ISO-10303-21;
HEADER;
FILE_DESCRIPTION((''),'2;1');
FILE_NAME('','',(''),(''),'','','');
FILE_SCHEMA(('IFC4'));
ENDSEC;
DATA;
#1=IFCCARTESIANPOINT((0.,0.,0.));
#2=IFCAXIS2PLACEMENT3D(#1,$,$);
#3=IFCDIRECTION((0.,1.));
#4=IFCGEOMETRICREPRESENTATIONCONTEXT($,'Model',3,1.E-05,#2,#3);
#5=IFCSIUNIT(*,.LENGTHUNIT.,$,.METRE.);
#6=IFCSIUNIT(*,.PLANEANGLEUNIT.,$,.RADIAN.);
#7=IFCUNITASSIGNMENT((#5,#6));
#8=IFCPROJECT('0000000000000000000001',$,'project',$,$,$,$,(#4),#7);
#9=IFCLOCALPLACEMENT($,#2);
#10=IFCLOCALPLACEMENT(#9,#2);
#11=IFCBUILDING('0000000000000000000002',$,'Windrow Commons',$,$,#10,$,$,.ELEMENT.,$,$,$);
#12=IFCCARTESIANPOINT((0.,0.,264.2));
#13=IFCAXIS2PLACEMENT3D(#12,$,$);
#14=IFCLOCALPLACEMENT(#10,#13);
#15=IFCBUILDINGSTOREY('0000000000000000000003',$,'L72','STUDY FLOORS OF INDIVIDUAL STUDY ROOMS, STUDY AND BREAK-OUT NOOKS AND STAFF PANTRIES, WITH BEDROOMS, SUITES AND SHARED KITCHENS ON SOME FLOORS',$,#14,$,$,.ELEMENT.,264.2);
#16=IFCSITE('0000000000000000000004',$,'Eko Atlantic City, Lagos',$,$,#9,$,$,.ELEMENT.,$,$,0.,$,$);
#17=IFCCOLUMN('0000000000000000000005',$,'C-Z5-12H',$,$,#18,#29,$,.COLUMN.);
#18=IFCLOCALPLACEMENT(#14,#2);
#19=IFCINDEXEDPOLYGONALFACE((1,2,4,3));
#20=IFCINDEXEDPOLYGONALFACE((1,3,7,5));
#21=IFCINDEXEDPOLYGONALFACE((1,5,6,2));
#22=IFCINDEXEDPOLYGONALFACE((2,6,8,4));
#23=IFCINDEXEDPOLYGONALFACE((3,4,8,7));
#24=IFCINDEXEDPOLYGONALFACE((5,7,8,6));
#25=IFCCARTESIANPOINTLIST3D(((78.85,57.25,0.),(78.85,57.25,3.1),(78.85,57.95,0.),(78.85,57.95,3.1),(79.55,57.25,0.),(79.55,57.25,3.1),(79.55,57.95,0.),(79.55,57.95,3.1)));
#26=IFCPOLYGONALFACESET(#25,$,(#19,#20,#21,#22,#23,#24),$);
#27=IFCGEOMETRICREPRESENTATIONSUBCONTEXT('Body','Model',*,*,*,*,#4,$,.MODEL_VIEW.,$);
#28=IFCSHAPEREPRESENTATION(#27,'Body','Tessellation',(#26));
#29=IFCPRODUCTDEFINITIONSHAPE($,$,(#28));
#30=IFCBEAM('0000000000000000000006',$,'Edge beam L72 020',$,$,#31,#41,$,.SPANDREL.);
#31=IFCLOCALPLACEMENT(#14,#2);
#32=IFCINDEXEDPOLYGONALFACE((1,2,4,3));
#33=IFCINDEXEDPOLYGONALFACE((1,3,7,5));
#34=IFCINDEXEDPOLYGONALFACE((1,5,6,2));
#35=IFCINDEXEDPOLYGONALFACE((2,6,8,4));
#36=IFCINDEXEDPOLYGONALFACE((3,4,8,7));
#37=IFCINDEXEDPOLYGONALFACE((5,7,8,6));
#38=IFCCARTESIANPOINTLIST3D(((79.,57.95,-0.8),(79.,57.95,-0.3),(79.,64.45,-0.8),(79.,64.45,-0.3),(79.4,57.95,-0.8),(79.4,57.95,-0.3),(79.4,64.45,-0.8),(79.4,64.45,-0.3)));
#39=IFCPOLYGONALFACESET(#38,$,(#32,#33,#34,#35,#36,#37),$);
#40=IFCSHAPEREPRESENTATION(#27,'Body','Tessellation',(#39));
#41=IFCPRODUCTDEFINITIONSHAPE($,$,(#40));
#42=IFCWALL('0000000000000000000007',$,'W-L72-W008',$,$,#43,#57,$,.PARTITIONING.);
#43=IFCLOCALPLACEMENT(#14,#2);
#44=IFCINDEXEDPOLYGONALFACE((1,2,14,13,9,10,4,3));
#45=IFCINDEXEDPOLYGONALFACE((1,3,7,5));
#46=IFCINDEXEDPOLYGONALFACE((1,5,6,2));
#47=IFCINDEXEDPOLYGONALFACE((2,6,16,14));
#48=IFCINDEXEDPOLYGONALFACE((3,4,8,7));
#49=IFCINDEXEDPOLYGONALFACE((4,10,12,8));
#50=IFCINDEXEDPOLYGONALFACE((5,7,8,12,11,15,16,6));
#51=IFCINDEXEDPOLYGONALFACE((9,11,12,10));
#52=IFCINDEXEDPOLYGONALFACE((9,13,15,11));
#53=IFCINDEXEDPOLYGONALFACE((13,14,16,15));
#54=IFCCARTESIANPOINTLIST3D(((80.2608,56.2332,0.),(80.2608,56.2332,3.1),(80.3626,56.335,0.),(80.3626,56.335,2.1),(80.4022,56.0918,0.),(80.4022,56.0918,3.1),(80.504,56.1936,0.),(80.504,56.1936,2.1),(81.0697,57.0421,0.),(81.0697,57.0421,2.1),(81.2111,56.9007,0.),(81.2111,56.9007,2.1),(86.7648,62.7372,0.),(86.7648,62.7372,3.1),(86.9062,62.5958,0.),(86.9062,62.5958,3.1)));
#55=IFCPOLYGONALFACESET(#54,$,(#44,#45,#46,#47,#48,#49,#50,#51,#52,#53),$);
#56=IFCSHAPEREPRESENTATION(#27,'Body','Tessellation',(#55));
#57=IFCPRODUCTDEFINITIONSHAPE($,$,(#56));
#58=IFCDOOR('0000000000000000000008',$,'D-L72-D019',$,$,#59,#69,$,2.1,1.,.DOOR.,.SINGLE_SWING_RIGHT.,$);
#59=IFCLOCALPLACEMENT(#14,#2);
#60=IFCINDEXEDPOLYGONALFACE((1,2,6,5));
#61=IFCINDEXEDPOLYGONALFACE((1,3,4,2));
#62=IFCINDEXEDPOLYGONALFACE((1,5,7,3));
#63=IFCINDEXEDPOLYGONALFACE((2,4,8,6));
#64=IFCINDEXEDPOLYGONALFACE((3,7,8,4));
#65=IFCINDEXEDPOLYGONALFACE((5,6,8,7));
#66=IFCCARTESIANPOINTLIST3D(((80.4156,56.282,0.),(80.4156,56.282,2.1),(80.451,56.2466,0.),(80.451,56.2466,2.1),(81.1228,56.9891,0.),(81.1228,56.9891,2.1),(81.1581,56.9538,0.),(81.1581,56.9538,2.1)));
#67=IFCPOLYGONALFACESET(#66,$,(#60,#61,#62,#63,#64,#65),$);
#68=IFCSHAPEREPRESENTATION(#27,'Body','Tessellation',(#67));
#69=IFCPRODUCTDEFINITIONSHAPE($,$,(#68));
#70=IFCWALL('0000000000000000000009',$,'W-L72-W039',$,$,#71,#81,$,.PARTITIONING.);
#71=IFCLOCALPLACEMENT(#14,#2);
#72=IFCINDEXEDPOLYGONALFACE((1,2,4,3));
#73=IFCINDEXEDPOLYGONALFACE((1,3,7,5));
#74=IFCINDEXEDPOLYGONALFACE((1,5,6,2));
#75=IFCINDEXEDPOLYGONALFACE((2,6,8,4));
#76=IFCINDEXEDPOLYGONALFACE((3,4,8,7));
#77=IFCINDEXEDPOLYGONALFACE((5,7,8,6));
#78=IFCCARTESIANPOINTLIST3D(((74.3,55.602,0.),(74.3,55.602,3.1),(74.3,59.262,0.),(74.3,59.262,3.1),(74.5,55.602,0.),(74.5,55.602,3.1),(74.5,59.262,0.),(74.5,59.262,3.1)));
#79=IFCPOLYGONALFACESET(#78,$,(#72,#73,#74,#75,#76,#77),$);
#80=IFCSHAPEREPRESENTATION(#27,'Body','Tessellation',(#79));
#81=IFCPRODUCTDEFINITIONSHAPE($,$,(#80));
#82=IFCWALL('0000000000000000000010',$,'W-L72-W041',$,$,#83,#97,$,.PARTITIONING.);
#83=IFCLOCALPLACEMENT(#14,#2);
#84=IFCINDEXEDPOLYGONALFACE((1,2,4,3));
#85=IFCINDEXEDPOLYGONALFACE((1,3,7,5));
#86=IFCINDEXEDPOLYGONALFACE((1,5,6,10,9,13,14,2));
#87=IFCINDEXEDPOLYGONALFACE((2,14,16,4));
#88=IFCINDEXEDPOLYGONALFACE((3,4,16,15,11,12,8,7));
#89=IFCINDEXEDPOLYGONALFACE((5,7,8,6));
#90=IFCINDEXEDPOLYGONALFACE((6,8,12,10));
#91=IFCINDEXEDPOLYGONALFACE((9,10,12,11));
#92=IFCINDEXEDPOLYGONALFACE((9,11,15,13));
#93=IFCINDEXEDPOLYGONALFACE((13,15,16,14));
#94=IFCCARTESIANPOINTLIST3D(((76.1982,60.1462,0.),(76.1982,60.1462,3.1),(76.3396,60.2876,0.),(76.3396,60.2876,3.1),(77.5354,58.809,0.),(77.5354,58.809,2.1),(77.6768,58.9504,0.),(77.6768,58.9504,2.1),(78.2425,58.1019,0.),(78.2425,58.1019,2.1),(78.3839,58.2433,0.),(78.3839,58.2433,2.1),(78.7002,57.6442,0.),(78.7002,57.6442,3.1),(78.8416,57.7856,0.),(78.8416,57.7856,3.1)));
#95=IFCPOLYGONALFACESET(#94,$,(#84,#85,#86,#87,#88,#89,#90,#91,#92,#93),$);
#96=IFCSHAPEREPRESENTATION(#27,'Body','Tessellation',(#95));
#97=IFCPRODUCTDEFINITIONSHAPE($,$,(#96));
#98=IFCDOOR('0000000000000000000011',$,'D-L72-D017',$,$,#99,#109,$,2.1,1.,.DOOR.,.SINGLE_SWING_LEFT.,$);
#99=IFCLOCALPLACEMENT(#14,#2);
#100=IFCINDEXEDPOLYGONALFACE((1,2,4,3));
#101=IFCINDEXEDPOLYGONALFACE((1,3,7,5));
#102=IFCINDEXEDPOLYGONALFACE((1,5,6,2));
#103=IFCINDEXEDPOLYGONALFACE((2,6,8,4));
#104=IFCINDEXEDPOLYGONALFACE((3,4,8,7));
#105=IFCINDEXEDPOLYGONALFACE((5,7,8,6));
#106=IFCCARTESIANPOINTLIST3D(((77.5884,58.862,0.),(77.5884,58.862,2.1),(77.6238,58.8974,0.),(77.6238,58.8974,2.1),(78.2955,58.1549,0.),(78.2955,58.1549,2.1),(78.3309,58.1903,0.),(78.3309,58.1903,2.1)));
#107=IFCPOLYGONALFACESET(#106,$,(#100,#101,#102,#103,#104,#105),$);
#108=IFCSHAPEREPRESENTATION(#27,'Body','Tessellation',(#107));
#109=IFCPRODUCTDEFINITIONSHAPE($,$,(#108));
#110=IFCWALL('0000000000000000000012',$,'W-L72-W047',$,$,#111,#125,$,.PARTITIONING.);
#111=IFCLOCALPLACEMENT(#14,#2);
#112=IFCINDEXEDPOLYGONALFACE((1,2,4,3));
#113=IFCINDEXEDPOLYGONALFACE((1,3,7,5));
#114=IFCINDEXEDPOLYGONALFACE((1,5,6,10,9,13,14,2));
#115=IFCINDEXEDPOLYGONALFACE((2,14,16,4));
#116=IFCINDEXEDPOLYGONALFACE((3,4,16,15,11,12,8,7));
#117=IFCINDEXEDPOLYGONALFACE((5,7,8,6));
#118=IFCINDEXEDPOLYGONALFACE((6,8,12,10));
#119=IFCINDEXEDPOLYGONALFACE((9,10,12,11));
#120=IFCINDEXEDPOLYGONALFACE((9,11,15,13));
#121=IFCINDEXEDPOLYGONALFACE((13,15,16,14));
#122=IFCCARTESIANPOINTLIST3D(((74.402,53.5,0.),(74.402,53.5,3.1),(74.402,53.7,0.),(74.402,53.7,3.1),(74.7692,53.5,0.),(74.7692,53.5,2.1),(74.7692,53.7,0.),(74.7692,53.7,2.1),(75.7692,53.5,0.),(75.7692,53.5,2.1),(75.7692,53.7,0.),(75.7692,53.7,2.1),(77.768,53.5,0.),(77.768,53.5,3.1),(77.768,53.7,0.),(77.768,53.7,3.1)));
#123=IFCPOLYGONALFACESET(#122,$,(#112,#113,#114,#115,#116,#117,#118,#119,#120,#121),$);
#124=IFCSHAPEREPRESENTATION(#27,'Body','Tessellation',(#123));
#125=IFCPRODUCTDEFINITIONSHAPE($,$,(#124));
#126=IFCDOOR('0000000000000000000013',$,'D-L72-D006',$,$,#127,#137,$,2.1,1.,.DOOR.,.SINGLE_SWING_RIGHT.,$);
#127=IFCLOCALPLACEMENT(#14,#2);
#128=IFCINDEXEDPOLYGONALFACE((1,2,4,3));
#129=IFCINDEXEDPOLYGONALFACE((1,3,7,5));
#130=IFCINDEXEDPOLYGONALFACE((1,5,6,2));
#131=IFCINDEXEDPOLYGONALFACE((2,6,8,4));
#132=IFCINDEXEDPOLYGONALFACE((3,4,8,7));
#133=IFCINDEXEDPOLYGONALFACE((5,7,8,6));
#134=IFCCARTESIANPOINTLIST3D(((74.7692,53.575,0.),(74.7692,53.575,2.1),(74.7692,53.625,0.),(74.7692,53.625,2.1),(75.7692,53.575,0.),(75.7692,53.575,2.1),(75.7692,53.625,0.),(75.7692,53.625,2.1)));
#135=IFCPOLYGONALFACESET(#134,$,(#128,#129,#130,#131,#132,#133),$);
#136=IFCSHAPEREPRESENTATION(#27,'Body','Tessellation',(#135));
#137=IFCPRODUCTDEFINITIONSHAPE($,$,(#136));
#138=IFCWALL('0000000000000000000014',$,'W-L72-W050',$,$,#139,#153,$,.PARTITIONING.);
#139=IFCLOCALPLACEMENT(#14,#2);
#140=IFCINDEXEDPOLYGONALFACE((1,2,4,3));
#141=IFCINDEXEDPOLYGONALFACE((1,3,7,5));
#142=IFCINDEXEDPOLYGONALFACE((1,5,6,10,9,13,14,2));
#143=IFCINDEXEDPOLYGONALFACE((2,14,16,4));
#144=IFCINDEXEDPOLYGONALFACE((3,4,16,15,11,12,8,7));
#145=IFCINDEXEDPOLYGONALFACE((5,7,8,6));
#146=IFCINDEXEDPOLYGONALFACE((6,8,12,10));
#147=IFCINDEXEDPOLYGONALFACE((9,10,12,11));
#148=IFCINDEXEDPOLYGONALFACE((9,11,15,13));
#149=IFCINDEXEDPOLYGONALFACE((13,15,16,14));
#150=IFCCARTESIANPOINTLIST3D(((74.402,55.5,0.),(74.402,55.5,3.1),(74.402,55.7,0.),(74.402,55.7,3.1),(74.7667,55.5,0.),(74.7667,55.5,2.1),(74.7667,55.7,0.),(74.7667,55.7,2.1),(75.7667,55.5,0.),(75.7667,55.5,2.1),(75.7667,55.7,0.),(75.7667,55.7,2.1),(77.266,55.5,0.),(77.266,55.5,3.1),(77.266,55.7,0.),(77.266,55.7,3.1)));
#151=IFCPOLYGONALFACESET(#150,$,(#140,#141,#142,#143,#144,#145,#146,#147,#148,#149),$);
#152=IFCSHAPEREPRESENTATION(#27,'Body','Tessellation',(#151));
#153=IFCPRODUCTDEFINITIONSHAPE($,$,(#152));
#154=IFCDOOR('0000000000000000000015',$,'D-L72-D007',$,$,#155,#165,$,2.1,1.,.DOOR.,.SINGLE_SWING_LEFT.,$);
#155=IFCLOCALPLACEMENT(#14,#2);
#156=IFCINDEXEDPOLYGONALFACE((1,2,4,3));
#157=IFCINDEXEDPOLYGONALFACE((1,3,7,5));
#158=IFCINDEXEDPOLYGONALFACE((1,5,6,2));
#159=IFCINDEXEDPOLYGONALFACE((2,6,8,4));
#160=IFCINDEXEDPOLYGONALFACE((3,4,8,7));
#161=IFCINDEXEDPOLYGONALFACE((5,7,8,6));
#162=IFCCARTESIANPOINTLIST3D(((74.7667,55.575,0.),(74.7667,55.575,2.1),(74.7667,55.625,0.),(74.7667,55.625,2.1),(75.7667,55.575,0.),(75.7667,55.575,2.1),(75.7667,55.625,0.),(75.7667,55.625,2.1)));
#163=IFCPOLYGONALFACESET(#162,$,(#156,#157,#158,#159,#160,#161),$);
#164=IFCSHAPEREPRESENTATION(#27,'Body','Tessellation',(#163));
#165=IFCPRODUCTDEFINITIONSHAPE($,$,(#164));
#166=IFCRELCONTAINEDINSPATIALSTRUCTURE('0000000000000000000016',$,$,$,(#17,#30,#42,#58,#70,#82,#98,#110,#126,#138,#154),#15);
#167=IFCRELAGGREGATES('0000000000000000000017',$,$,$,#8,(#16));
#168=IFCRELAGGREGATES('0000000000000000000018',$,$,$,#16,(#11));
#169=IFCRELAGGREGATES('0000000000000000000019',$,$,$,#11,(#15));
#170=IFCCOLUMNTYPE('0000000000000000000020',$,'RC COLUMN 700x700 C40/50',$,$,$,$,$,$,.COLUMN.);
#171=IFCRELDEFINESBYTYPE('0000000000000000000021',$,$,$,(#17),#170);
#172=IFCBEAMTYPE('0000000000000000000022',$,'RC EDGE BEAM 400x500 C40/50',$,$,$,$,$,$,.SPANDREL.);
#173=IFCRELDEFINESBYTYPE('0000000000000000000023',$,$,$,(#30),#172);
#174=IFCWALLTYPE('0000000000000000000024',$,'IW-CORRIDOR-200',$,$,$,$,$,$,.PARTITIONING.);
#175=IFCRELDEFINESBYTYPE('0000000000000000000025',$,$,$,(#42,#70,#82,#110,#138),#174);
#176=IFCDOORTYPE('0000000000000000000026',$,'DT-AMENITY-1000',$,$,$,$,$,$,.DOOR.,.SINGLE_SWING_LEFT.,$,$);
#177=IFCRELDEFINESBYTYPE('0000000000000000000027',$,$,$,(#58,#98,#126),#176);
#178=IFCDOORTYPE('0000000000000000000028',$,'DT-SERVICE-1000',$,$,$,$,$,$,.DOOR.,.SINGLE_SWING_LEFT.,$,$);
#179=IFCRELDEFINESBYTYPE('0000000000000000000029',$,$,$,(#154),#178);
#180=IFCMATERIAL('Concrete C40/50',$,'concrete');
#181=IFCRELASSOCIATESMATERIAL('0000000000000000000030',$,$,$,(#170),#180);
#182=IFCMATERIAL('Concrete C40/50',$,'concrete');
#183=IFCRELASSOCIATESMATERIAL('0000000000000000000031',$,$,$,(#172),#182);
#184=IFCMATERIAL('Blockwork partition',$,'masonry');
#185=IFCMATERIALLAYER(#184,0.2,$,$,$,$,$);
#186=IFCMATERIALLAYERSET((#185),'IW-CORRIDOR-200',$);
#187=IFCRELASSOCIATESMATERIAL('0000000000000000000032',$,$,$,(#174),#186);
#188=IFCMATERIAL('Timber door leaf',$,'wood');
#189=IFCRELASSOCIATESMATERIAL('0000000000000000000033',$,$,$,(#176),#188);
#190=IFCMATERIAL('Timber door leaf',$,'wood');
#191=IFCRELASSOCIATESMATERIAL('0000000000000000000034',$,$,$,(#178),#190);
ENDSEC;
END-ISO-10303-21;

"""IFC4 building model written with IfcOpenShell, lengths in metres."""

from ifc_helpers import new_model, si_unit, direction, frame, frame_2d, origin, origin_2d, place, context, subcontext, project, spatial, rectangle, extrude, material, layer, layer_set, material_profile, profile_set, type_object, element, fill, save


model = new_model("IFC4")

# Units and contexts
model_context = context("Model", 3, precision=1e-05, world=origin(), true_north=direction((0.0, 1.0)))
body_context = subcontext(model_context, "Body", "Model", "MODEL_VIEW")
ifc_project = project(units=[si_unit("LENGTHUNIT", "METRE"), si_unit("PLANEANGLEUNIT", "RADIAN")], contexts=[model_context])

# Site, building, storey
site_placement = place(None, origin())
site = spatial("IfcSite", under=ifc_project, at=site_placement, Name="Eko Atlantic City, Lagos", CompositionType="ELEMENT", RefElevation=0.0)
building_placement = place(site_placement, origin())
building = spatial("IfcBuilding", under=site, at=building_placement, Name="Windrow Commons", CompositionType="ELEMENT")
storey_placement = place(building_placement, frame((0.0, 0.0, 264.2)))
storey = spatial("IfcBuildingStorey", under=building, at=storey_placement, Name="L72", Description="STUDY FLOORS OF INDIVIDUAL STUDY ROOMS, STUDY AND BREAK-OUT NOOKS AND STAFF PANTRIES, WITH BEDROOMS, SUITES AND SHARED KITCHENS ON SOME FLOORS", CompositionType="ELEMENT", Elevation=264.2)

# Column
ifc_material_1 = material(Name="Concrete C40/50", Category="concrete")
ifc_material_profile_1 = material_profile(ifc_material_1, rectangle(XDim=0.7, YDim=0.7, at=origin_2d()))
ifc_profile_set_1 = profile_set([ifc_material_profile_1], Name="Concrete C40/50")
column_type = type_object("IfcColumnType", Name="RC COLUMN 700x700 C40/50", PredefinedType="COLUMN", material=ifc_profile_set_1)
column_placement = place(storey_placement, frame((79.2, 57.6, 0.0), z_axis=(0.0, 0.0, 1.0), x_axis=(1.0, 0.0, 0.0)))
element("IfcColumn", 1, at=column_placement, inside=storey, type_object=column_type, Name="C-Z5-12H", PredefinedType="COLUMN", context=body_context, shape_type="SweptSolid", body=[
    extrude(rectangle(XDim=0.7, YDim=0.7, at=origin_2d()), origin(), (0.0, 0.0, 1.0), 3.1),
])

# Beam
ifc_material_2 = material(Name="Concrete C40/50", Category="concrete")
ifc_material_profile_2 = material_profile(ifc_material_2, rectangle(XDim=0.4, YDim=0.5, at=origin_2d()))
ifc_profile_set_2 = profile_set([ifc_material_profile_2], Name="Concrete C40/50")
beam_type = type_object("IfcBeamType", Name="RC EDGE BEAM 400x500 C40/50", PredefinedType="SPANDREL", material=ifc_profile_set_2)
beam_placement = place(storey_placement, frame((79.2, 57.95, -0.55), z_axis=(0.0, 1.0, 0.0), x_axis=(-1.0, 0.0, 0.0)))
element("IfcBeam", 2, at=beam_placement, inside=storey, type_object=beam_type, Name="Edge beam L72 020", PredefinedType="SPANDREL", context=body_context, shape_type="SweptSolid", body=[
    extrude(rectangle(XDim=0.4, YDim=0.5, at=origin_2d()), origin(), (0.0, 0.0, 1.0), 6.5),
])

# Wall, opening, door
ifc_material_3 = material(Name="Blockwork partition", Category="masonry")
ifc_layer_1 = layer(ifc_material_3, 0.2)
ifc_layer_set_1 = layer_set([ifc_layer_1], Name="IW-CORRIDOR-200")
wall_type_1 = type_object("IfcWallType", Name="IW-CORRIDOR-200", PredefinedType="PARTITIONING", material=ifc_layer_set_1)
wall_1_placement = place(storey_placement, frame((80.3315, 56.1625, 0.0), z_axis=(0.0, 0.0, 1.0), x_axis=(0.707107, 0.707107, 0.0)))
wall_1 = element("IfcWall", 3, at=wall_1_placement, inside=storey, type_object=wall_type_1, Name="W-L72-W008", PredefinedType="PARTITIONING", context=body_context, shape_type="SweptSolid", body=[
    extrude(rectangle(XDim=9.198, YDim=0.2, at=frame_2d((4.599, 0.0))), origin(), (0.0, 0.0, 1.0), 3.1),
])
opening_1_placement = place(wall_1_placement, frame((0.144, 0.0, 0.0)))
opening_1 = element("IfcOpeningElement", 4, at=opening_1_placement, cuts=wall_1, PredefinedType="OPENING", context=body_context, shape_type="SweptSolid", body=[
    extrude(rectangle(XDim=1.0, YDim=2.1, at=frame_2d((0.5, 1.05))), frame((0.0, 0.11, 0.0), z_axis=(0.0, -1.0, 0.0), x_axis=(1.0, 0.0, 0.0)), (0.0, 0.0, 1.0), 0.22),
])
ifc_material_4 = material(Name="Timber door leaf", Category="wood")
door_type_1 = type_object("IfcDoorType", Name="DT-AMENITY-1000", OperationType="SINGLE_SWING_LEFT", PredefinedType="DOOR", material=ifc_material_4)
door_1_placement = place(opening_1_placement, origin())
door_1 = element("IfcDoor", 5, at=door_1_placement, inside=storey, type_object=door_type_1, Name="D-L72-D019", OperationType="SINGLE_SWING_RIGHT", OverallHeight=2.1, OverallWidth=1.0, PredefinedType="DOOR", context=body_context, shape_type="SweptSolid", body=[
    extrude(rectangle(XDim=1.0, YDim=2.1, at=frame_2d((0.5, 1.05))), frame((0.0, 0.025, 0.0), z_axis=(0.0, -1.0, 0.0), x_axis=(1.0, 0.0, 0.0)), (0.0, 0.0, 1.0), 0.05),
])
fill(opening_1, door_1)

# Wall
wall_2_placement = place(storey_placement, frame((74.4, 55.602, 0.0), z_axis=(0.0, 0.0, 1.0), x_axis=(0.0, 1.0, 0.0)))
element("IfcWall", 6, at=wall_2_placement, inside=storey, type_object=wall_type_1, Name="W-L72-W039", PredefinedType="PARTITIONING", context=body_context, shape_type="SweptSolid", body=[
    extrude(rectangle(XDim=3.66, YDim=0.2, at=frame_2d((1.83, 0.0))), origin(), (0.0, 0.0, 1.0), 3.1),
])

# Walls, openings, doors
wall_3_placement = place(storey_placement, frame((76.2689, 60.2169, 0.0), z_axis=(0.0, 0.0, 1.0), x_axis=(0.707107, -0.707107, 0.0)))
wall_3 = element("IfcWall", 7, at=wall_3_placement, inside=storey, type_object=wall_type_1, Name="W-L72-W041", PredefinedType="PARTITIONING", context=body_context, shape_type="SweptSolid", body=[
    extrude(rectangle(XDim=3.5384, YDim=0.2, at=frame_2d((1.7692, 0.0))), origin(), (0.0, 0.0, 1.0), 3.1),
])
opening_2_placement = place(wall_3_placement, frame((1.8911, 0.0, 0.0)))
opening_2 = element("IfcOpeningElement", 8, at=opening_2_placement, cuts=wall_3, PredefinedType="OPENING", context=body_context, shape_type="SweptSolid", body=[
    extrude(rectangle(XDim=1.0, YDim=2.1, at=frame_2d((0.5, 1.05))), frame((0.0, 0.11, 0.0), z_axis=(0.0, -1.0, 0.0), x_axis=(1.0, 0.0, 0.0)), (0.0, 0.0, 1.0), 0.22),
])
door_2_placement = place(opening_2_placement, origin())
door_2 = element("IfcDoor", 9, at=door_2_placement, inside=storey, type_object=door_type_1, Name="D-L72-D017", OperationType="SINGLE_SWING_LEFT", OverallHeight=2.1, OverallWidth=1.0, PredefinedType="DOOR", context=body_context, shape_type="SweptSolid", body=[
    extrude(rectangle(XDim=1.0, YDim=2.1, at=frame_2d((0.5, 1.05))), frame((0.0, 0.025, 0.0), z_axis=(0.0, -1.0, 0.0), x_axis=(1.0, 0.0, 0.0)), (0.0, 0.0, 1.0), 0.05),
])
fill(opening_2, door_2)
wall_4_placement = place(storey_placement, frame((74.402, 53.6, 0.0), z_axis=(0.0, 0.0, 1.0), x_axis=(1.0, 0.0, 0.0)))
wall_4 = element("IfcWall", 10, at=wall_4_placement, inside=storey, type_object=wall_type_1, Name="W-L72-W047", PredefinedType="PARTITIONING", context=body_context, shape_type="SweptSolid", body=[
    extrude(rectangle(XDim=3.366, YDim=0.2, at=frame_2d((1.683, 0.0))), origin(), (0.0, 0.0, 1.0), 3.1),
])
opening_3_placement = place(wall_4_placement, frame((0.3672, 0.0, 0.0)))
opening_3 = element("IfcOpeningElement", 11, at=opening_3_placement, cuts=wall_4, PredefinedType="OPENING", context=body_context, shape_type="SweptSolid", body=[
    extrude(rectangle(XDim=1.0, YDim=2.1, at=frame_2d((0.5, 1.05))), frame((0.0, 0.11, 0.0), z_axis=(0.0, -1.0, 0.0), x_axis=(1.0, 0.0, 0.0)), (0.0, 0.0, 1.0), 0.22),
])
door_3_placement = place(opening_3_placement, origin())
door_3 = element("IfcDoor", 12, at=door_3_placement, inside=storey, type_object=door_type_1, Name="D-L72-D006", OperationType="SINGLE_SWING_RIGHT", OverallHeight=2.1, OverallWidth=1.0, PredefinedType="DOOR", context=body_context, shape_type="SweptSolid", body=[
    extrude(rectangle(XDim=1.0, YDim=2.1, at=frame_2d((0.5, 1.05))), frame((0.0, 0.025, 0.0), z_axis=(0.0, -1.0, 0.0), x_axis=(1.0, 0.0, 0.0)), (0.0, 0.0, 1.0), 0.05),
])
fill(opening_3, door_3)
wall_5_placement = place(storey_placement, frame((74.402, 55.6, 0.0), z_axis=(0.0, 0.0, 1.0), x_axis=(1.0, 0.0, 0.0)))
wall_5 = element("IfcWall", 13, at=wall_5_placement, inside=storey, type_object=wall_type_1, Name="W-L72-W050", PredefinedType="PARTITIONING", context=body_context, shape_type="SweptSolid", body=[
    extrude(rectangle(XDim=2.864, YDim=0.2, at=frame_2d((1.432, 0.0))), origin(), (0.0, 0.0, 1.0), 3.1),
])
opening_4_placement = place(wall_5_placement, frame((0.3647, 0.0, 0.0)))
opening_4 = element("IfcOpeningElement", 14, at=opening_4_placement, cuts=wall_5, PredefinedType="OPENING", context=body_context, shape_type="SweptSolid", body=[
    extrude(rectangle(XDim=1.0, YDim=2.1, at=frame_2d((0.5, 1.05))), frame((0.0, 0.11, 0.0), z_axis=(0.0, -1.0, 0.0), x_axis=(1.0, 0.0, 0.0)), (0.0, 0.0, 1.0), 0.22),
])
ifc_material_5 = material(Name="Timber door leaf", Category="wood")
door_type_2 = type_object("IfcDoorType", Name="DT-SERVICE-1000", OperationType="SINGLE_SWING_LEFT", PredefinedType="DOOR", material=ifc_material_5)
door_4_placement = place(opening_4_placement, origin())
door_4 = element("IfcDoor", 15, at=door_4_placement, inside=storey, type_object=door_type_2, Name="D-L72-D007", OperationType="SINGLE_SWING_LEFT", OverallHeight=2.1, OverallWidth=1.0, PredefinedType="DOOR", context=body_context, shape_type="SweptSolid", body=[
    extrude(rectangle(XDim=1.0, YDim=2.1, at=frame_2d((0.5, 1.05))), frame((0.0, 0.025, 0.0), z_axis=(0.0, -1.0, 0.0), x_axis=(1.0, 0.0, 0.0)), (0.0, 0.0, 1.0), 0.05),
])
fill(opening_4, door_4)

save(model, "model.ifc")
